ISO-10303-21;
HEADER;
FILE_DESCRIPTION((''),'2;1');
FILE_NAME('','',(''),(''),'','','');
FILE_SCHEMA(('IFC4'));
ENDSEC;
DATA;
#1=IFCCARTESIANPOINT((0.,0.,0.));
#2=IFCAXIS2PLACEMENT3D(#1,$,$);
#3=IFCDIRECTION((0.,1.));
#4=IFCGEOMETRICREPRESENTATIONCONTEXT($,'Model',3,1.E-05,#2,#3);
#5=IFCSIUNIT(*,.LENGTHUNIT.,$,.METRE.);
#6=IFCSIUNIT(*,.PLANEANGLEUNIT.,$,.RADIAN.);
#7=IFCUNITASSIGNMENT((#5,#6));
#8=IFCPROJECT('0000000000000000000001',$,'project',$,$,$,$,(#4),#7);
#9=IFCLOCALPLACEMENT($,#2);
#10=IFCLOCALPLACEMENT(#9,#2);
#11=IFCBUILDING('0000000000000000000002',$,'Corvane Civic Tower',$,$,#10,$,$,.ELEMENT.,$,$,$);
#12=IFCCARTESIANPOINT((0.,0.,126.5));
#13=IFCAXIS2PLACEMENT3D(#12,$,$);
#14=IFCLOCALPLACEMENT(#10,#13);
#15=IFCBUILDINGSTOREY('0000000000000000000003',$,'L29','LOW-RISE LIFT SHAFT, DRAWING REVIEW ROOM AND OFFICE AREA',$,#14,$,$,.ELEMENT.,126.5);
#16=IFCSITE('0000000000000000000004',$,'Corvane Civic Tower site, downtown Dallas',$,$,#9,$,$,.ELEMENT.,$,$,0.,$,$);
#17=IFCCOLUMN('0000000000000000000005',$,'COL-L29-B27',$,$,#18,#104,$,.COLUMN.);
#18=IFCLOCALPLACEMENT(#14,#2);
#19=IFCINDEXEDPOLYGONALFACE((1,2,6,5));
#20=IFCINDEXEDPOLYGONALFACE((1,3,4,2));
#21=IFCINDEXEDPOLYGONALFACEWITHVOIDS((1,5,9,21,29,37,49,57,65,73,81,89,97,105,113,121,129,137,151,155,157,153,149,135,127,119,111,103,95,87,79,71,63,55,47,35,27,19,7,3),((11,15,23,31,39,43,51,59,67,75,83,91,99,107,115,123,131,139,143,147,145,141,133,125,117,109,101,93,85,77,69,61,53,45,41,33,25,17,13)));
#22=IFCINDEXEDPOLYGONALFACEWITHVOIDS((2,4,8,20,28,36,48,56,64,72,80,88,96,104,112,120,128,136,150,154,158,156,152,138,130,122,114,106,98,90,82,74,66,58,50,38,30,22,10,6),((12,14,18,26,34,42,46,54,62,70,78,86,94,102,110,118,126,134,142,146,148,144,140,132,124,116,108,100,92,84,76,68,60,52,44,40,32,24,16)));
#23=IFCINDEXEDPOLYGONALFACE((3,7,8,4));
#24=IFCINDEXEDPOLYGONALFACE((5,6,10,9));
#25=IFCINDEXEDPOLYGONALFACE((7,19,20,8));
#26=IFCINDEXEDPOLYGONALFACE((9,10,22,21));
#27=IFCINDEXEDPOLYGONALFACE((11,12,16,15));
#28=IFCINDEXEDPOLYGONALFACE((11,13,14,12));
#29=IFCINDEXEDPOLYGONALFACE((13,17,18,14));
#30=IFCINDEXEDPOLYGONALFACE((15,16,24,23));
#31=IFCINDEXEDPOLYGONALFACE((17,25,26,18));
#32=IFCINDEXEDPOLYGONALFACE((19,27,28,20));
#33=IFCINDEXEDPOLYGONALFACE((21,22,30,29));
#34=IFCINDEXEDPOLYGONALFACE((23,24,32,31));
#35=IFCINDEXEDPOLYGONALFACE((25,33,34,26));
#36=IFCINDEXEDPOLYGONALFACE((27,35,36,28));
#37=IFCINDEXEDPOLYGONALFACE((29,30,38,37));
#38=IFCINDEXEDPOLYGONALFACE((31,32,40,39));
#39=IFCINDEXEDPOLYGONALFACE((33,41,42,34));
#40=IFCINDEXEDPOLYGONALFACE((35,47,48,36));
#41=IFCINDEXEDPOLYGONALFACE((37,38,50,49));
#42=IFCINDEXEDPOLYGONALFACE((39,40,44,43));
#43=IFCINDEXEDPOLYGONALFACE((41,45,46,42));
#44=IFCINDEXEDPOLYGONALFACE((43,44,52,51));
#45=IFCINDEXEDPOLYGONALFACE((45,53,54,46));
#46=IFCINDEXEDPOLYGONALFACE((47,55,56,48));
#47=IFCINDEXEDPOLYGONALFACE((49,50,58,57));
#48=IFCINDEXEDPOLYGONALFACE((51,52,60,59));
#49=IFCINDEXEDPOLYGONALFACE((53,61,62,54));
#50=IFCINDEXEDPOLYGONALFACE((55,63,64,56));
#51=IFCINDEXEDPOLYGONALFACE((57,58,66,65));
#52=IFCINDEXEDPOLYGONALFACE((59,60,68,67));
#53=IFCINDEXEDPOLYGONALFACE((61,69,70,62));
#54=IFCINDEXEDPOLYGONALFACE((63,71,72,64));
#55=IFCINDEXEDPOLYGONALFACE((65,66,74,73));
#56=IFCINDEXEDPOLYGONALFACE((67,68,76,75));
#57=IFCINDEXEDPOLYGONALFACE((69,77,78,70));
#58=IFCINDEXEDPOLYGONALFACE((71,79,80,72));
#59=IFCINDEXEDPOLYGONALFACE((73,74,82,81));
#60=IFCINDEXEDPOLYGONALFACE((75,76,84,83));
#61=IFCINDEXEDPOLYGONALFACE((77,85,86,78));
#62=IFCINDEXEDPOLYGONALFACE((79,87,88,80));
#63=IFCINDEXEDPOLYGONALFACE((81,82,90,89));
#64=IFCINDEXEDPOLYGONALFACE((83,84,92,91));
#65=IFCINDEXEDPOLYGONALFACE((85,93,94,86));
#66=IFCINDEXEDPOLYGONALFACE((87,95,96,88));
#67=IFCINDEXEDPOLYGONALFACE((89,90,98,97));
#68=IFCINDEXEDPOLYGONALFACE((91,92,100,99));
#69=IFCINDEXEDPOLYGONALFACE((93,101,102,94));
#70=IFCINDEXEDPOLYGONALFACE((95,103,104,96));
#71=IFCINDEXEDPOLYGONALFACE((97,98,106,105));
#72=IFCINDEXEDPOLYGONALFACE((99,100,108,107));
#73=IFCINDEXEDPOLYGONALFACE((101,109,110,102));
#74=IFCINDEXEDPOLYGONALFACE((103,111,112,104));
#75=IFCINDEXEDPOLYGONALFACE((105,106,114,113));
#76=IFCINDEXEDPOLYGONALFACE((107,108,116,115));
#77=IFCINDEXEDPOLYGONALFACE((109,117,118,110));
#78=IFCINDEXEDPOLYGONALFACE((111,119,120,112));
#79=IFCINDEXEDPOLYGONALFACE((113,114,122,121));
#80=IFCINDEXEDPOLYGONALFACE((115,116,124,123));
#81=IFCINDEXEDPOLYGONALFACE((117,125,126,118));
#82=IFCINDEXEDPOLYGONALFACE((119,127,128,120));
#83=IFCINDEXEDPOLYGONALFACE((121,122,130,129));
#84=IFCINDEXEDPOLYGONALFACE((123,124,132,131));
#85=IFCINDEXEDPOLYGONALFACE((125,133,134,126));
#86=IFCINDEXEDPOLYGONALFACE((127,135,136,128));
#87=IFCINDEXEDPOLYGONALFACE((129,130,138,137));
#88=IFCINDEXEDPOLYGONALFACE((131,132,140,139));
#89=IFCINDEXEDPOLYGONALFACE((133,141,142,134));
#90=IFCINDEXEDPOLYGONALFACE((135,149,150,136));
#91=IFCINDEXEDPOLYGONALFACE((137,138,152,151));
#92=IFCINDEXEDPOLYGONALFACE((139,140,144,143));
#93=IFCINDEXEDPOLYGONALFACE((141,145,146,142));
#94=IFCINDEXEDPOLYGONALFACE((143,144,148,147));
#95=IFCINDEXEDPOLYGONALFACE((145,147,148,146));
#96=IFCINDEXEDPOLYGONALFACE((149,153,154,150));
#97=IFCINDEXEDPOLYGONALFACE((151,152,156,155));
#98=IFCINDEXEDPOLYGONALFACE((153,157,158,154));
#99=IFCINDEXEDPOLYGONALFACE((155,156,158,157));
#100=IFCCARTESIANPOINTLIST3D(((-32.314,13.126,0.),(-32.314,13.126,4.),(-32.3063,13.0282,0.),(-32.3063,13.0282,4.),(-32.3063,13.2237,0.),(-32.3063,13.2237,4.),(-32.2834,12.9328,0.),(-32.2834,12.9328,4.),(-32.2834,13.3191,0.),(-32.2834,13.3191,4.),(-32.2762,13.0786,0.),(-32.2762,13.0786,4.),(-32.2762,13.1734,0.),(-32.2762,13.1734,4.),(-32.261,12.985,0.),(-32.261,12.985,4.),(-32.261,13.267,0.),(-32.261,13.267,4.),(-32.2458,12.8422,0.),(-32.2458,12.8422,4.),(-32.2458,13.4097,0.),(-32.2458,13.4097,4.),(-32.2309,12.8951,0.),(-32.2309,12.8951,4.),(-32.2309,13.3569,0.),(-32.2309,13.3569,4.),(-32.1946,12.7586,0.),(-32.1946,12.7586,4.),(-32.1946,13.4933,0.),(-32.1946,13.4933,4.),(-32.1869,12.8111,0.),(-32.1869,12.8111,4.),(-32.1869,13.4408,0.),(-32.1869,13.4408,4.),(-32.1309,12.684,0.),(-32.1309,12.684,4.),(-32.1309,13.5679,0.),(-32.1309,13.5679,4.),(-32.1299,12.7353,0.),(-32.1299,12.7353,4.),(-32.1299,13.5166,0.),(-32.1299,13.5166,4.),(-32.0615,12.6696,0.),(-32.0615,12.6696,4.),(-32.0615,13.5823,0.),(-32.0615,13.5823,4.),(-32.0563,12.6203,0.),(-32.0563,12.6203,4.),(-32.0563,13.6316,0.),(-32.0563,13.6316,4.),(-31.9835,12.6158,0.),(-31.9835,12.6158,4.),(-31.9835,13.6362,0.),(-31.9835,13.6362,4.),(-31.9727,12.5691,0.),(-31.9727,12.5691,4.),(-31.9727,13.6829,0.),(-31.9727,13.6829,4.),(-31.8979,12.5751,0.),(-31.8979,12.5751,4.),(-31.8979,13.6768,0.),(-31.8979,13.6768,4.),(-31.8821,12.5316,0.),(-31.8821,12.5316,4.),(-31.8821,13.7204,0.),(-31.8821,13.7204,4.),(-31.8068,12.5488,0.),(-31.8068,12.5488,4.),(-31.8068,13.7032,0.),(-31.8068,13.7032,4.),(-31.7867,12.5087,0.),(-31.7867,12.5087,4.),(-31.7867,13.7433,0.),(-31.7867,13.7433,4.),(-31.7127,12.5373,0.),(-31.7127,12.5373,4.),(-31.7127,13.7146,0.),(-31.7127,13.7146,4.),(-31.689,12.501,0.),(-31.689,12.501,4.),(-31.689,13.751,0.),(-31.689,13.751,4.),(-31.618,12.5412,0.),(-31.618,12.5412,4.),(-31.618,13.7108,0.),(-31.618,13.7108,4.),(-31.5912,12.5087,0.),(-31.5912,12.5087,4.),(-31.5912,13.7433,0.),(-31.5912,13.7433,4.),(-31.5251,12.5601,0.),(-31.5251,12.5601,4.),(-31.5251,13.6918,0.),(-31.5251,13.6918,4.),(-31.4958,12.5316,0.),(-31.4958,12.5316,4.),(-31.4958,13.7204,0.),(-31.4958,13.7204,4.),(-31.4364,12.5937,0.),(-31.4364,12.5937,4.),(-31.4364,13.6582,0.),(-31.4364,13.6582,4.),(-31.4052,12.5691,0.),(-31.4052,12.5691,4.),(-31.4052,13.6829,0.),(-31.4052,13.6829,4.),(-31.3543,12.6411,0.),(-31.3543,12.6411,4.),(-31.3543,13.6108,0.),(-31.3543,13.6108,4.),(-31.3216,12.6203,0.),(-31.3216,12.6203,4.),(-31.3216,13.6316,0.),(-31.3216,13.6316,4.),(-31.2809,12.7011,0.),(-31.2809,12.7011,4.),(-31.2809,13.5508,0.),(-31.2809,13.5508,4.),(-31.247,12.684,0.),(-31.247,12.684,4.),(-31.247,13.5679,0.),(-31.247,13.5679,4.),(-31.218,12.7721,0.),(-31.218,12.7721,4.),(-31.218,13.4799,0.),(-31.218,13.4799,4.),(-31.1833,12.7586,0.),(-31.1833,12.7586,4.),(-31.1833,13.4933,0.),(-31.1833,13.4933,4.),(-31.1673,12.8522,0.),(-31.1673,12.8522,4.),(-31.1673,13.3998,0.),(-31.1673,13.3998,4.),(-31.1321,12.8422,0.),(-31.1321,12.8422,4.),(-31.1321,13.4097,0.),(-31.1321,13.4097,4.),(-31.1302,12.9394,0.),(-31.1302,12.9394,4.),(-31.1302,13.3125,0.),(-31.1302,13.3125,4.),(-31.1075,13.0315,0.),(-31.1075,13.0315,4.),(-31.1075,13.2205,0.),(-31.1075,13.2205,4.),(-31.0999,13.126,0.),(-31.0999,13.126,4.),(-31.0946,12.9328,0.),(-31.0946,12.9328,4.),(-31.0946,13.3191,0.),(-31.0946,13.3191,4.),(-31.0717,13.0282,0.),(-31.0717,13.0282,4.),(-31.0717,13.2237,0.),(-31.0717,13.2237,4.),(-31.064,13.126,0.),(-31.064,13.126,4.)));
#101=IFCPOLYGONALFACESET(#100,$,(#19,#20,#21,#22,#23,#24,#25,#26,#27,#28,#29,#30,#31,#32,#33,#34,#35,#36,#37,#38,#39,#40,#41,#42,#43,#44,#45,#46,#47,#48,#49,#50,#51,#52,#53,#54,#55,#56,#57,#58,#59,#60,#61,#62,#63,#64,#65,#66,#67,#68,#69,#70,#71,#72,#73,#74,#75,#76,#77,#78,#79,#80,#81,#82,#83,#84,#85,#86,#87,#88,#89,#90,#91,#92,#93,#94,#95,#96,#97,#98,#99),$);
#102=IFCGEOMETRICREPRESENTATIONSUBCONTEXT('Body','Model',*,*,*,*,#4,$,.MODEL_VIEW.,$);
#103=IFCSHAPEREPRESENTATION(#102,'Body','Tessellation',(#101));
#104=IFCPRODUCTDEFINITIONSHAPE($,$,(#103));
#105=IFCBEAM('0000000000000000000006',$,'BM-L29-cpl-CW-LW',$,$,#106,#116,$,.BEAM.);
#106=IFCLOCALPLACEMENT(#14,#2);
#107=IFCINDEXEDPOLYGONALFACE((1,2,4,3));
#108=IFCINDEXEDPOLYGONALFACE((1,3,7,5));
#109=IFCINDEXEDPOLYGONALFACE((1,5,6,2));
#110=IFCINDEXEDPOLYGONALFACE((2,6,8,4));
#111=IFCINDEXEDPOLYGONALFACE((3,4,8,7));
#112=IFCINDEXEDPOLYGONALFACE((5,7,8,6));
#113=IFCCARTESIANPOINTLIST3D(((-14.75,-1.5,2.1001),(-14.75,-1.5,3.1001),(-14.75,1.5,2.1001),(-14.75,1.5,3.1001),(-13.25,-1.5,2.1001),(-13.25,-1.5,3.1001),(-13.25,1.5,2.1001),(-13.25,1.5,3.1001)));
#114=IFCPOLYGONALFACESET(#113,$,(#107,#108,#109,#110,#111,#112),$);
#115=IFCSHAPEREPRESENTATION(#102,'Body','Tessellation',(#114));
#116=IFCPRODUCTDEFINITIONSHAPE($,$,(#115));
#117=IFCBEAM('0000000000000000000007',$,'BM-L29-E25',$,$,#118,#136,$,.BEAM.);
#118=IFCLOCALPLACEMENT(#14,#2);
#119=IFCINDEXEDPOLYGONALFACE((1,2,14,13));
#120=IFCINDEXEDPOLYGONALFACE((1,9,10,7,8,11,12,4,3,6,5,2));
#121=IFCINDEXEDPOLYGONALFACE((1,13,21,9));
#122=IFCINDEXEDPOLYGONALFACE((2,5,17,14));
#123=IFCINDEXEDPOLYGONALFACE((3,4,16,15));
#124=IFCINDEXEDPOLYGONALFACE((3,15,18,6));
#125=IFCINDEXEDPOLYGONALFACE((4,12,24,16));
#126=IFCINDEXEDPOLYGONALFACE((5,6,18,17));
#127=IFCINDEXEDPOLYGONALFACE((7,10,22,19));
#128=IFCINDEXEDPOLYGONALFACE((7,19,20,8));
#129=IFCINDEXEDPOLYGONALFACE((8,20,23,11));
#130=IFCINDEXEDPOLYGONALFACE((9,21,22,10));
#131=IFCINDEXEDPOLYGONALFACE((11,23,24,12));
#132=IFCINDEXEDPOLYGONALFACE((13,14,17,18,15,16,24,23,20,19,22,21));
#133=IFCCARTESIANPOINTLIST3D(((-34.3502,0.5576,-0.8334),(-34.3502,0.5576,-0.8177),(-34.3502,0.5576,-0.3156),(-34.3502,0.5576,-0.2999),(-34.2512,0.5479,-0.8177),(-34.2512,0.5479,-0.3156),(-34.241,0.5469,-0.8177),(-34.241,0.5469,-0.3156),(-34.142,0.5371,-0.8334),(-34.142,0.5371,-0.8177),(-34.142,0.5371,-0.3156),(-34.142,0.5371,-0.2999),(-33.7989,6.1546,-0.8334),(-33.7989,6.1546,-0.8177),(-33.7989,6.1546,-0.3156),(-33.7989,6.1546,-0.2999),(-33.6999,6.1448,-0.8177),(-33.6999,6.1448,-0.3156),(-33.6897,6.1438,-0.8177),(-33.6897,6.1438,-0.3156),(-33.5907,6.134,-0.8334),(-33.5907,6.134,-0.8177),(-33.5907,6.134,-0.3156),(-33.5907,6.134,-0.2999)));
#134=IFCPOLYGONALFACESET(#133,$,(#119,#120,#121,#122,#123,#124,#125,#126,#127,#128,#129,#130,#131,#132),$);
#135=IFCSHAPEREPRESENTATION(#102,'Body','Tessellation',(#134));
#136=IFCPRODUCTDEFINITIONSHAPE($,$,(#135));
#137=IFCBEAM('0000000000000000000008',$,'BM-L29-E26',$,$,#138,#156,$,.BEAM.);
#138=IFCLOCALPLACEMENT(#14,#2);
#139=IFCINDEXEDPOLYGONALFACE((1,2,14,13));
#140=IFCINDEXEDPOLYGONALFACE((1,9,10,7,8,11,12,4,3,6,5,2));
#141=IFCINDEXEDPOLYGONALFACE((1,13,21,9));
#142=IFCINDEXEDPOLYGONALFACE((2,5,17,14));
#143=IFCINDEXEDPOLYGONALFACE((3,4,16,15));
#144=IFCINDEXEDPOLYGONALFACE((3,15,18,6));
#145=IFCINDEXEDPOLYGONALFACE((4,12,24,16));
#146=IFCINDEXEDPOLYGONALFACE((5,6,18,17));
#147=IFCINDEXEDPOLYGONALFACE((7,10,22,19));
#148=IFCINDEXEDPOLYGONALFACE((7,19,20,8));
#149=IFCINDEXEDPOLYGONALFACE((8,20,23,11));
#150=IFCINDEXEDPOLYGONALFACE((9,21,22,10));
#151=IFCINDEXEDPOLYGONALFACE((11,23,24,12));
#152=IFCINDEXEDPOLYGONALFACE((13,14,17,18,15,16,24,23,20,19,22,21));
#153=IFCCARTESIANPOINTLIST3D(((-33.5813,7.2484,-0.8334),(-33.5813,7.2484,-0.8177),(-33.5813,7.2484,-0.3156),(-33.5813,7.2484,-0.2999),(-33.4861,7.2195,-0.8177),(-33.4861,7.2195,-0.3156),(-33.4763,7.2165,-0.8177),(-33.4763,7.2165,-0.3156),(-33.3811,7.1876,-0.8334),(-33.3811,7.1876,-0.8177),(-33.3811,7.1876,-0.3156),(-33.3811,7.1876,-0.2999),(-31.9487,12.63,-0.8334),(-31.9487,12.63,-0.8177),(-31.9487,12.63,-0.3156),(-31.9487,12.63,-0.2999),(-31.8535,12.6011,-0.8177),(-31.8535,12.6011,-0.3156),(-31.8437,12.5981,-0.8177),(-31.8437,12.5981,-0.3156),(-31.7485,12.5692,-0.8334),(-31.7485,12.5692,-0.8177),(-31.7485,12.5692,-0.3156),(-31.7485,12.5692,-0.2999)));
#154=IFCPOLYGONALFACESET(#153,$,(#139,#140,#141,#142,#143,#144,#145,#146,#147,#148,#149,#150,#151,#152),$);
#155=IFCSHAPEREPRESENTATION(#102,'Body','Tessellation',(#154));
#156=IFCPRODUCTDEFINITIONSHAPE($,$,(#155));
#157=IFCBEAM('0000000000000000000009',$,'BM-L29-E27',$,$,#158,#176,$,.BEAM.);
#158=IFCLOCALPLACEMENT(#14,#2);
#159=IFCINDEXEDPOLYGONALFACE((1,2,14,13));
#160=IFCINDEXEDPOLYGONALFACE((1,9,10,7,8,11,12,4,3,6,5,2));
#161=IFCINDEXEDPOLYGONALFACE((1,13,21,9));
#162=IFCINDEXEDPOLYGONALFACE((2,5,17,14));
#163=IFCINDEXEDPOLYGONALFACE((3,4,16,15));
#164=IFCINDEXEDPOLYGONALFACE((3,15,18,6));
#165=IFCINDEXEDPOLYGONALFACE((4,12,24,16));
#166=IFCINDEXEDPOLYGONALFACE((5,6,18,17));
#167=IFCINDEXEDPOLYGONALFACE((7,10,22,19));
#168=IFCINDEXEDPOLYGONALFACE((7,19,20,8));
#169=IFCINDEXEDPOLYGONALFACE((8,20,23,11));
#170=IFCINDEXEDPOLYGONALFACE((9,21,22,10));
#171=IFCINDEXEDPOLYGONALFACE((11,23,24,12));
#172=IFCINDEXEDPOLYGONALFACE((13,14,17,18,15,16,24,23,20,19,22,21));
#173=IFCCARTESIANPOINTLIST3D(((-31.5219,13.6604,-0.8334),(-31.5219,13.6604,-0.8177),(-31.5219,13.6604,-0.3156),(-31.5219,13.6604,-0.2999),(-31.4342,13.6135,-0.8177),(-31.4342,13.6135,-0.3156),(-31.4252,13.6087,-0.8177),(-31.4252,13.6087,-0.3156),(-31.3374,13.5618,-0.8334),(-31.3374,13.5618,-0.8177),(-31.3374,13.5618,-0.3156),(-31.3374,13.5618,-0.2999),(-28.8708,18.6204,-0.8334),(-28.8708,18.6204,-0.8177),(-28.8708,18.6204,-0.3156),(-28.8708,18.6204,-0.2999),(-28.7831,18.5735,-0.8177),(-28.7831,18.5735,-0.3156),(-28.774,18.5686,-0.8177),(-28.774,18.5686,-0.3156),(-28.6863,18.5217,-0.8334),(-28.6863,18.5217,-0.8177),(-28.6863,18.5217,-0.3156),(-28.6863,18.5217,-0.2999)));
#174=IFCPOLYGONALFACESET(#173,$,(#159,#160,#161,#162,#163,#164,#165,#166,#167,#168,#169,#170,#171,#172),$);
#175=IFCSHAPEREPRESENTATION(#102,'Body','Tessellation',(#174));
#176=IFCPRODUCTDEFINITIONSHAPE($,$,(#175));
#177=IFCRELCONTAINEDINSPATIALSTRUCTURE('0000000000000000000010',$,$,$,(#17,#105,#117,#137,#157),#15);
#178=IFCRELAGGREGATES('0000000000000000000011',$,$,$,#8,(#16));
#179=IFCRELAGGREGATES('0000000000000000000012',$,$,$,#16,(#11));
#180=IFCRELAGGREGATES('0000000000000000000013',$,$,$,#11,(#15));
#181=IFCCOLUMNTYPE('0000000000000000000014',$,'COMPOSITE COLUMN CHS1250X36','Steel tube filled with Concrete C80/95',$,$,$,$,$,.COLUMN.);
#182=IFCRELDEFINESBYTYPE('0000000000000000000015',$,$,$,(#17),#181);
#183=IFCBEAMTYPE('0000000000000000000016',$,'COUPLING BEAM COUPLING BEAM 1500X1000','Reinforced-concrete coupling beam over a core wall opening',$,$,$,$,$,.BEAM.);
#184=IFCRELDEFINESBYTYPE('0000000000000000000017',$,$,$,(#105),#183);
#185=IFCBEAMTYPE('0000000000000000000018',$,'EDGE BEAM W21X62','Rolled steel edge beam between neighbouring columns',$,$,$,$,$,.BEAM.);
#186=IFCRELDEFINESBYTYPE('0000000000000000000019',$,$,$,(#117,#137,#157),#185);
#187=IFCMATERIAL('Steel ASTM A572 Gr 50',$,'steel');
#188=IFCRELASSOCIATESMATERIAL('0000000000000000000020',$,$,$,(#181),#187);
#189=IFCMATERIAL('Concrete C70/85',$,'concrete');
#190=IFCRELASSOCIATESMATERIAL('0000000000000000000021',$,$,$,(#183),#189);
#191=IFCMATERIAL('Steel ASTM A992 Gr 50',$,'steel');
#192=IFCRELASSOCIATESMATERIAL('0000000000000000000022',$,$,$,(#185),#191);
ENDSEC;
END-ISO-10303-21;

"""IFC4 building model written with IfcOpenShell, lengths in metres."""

from ifc_helpers import new_model, si_unit, direction, frame, origin, origin_2d, place, context, subcontext, project, spatial, rectangle, hollow_circle, i_section, extrude, material, material_profile, profile_set, type_object, element, save


model = new_model("IFC4")

# Units and contexts
model_context = context("Model", 3, precision=1e-05, world=origin(), true_north=direction((0.0, 1.0)))
body_context = subcontext(model_context, "Body", "Model", "MODEL_VIEW")
ifc_project = project(units=[si_unit("LENGTHUNIT", "METRE"), si_unit("PLANEANGLEUNIT", "RADIAN")], contexts=[model_context])

# Site, building, storey
site_placement = place(None, origin())
site = spatial("IfcSite", under=ifc_project, at=site_placement, Name="Corvane Civic Tower site, downtown Dallas", CompositionType="ELEMENT", RefElevation=0.0)
building_placement = place(site_placement, origin())
building = spatial("IfcBuilding", under=site, at=building_placement, Name="Corvane Civic Tower", CompositionType="ELEMENT")
storey_placement = place(building_placement, frame((0.0, 0.0, 126.5)))
storey = spatial("IfcBuildingStorey", under=building, at=storey_placement, Name="L29", Description="LOW-RISE LIFT SHAFT, DRAWING REVIEW ROOM AND OFFICE AREA", CompositionType="ELEMENT", Elevation=126.5)

# Column
ifc_material_1 = material(Name="Steel ASTM A572 Gr 50", Category="steel")
ifc_material_profile_1 = material_profile(ifc_material_1, hollow_circle(Radius=0.625, WallThickness=0.0359, at=origin_2d()), Name="CHS1250X36")
ifc_profile_set_1 = profile_set([ifc_material_profile_1], Name="Steel ASTM A572 Gr 50")
column_type = type_object("IfcColumnType", Name="COMPOSITE COLUMN CHS1250X36", Description="Steel tube filled with Concrete C80/95", PredefinedType="COLUMN", material=ifc_profile_set_1)
for number, where, z_axis, x_axis, name in (
    (1, (-31.689, 13.126, 0.0), (0.0, 0.0, 1.0), (1.0, 0.0, 0.0), "COL-L29-B27"),
):
    element("IfcColumn", number, at=place(storey_placement, frame(where, z_axis=z_axis, x_axis=x_axis)), inside=storey, type_object=column_type, Name=name, PredefinedType="COLUMN", context=body_context, shape_type="SweptSolid", body=[
        extrude(hollow_circle(Radius=0.625, WallThickness=0.0359, at=origin_2d()), origin(), (0.0, 0.0, 1.0), 4.0),
    ])

# Beams
ifc_material_2 = material(Name="Concrete C70/85", Category="concrete")
ifc_material_profile_2 = material_profile(ifc_material_2, rectangle(XDim=1.5, YDim=1.0, at=origin_2d()), Name="COUPLING BEAM 1500X1000")
ifc_profile_set_2 = profile_set([ifc_material_profile_2], Name="Concrete C70/85")
beam_type_1 = type_object("IfcBeamType", Name="COUPLING BEAM COUPLING BEAM 1500X1000", Description="Reinforced-concrete coupling beam over a core wall opening", PredefinedType="BEAM", material=ifc_profile_set_2)
beam_1_placement = place(storey_placement, frame((-14.0, -1.5, 2.6001), z_axis=(0.0, 1.0, 0.0), x_axis=(-1.0, 0.0, 0.0)))
element("IfcBeam", 2, at=beam_1_placement, inside=storey, type_object=beam_type_1, Name="BM-L29-cpl-CW-LW", PredefinedType="BEAM", context=body_context, shape_type="SweptSolid", body=[
    extrude(rectangle(XDim=1.5, YDim=1.0, at=origin_2d()), origin(), (0.0, 0.0, 1.0), 3.0),
])
ifc_material_3 = material(Name="Steel ASTM A992 Gr 50", Category="steel")
ifc_material_profile_3 = material_profile(ifc_material_3, i_section(OverallWidth=0.2092, OverallDepth=0.5334, WebThickness=0.0103, FlangeThickness=0.0156, at=origin_2d()), Name="W21X62")
ifc_profile_set_3 = profile_set([ifc_material_profile_3], Name="Steel ASTM A992 Gr 50")
beam_type_2 = type_object("IfcBeamType", Name="EDGE BEAM W21X62", Description="Rolled steel edge beam between neighbouring columns", PredefinedType="BEAM", material=ifc_profile_set_3)
beam_2_placement = place(storey_placement, frame((-34.2461, 0.5474, -0.5667), z_axis=(0.098021, 0.995184, 0.0), x_axis=(-0.995184, 0.098021, 0.0)))
element("IfcBeam", 3, at=beam_2_placement, inside=storey, type_object=beam_type_2, Name="BM-L29-E25", PredefinedType="BEAM", context=body_context, shape_type="SweptSolid", body=[
    extrude(i_section(OverallWidth=0.2092, OverallDepth=0.5334, WebThickness=0.0103, FlangeThickness=0.0156, at=origin_2d()), origin(), (0.0, 0.0, 1.0), 5.624),
])
beam_3_placement = place(storey_placement, frame((-33.4812, 7.218, -0.5667), z_axis=(0.290298, 0.956936, 0.0), x_axis=(-0.956936, 0.290298, 0.0)))
element("IfcBeam", 4, at=beam_3_placement, inside=storey, type_object=beam_type_2, Name="BM-L29-E26", PredefinedType="BEAM", context=body_context, shape_type="SweptSolid", body=[
    extrude(i_section(OverallWidth=0.2092, OverallDepth=0.5334, WebThickness=0.0103, FlangeThickness=0.0156, at=origin_2d()), origin(), (0.0, 0.0, 1.0), 5.6238),
])
beam_4_placement = place(storey_placement, frame((-31.4297, 13.6111, -0.5667), z_axis=(0.471392, 0.881924, 0.0), x_axis=(-0.881924, 0.471392, 0.0)))
element("IfcBeam", 5, at=beam_4_placement, inside=storey, type_object=beam_type_2, Name="BM-L29-E27", PredefinedType="BEAM", context=body_context, shape_type="SweptSolid", body=[
    extrude(i_section(OverallWidth=0.2092, OverallDepth=0.5334, WebThickness=0.0103, FlangeThickness=0.0156, at=origin_2d()), origin(), (0.0, 0.0, 1.0), 5.624),
])

save(model, "model.ifc")
